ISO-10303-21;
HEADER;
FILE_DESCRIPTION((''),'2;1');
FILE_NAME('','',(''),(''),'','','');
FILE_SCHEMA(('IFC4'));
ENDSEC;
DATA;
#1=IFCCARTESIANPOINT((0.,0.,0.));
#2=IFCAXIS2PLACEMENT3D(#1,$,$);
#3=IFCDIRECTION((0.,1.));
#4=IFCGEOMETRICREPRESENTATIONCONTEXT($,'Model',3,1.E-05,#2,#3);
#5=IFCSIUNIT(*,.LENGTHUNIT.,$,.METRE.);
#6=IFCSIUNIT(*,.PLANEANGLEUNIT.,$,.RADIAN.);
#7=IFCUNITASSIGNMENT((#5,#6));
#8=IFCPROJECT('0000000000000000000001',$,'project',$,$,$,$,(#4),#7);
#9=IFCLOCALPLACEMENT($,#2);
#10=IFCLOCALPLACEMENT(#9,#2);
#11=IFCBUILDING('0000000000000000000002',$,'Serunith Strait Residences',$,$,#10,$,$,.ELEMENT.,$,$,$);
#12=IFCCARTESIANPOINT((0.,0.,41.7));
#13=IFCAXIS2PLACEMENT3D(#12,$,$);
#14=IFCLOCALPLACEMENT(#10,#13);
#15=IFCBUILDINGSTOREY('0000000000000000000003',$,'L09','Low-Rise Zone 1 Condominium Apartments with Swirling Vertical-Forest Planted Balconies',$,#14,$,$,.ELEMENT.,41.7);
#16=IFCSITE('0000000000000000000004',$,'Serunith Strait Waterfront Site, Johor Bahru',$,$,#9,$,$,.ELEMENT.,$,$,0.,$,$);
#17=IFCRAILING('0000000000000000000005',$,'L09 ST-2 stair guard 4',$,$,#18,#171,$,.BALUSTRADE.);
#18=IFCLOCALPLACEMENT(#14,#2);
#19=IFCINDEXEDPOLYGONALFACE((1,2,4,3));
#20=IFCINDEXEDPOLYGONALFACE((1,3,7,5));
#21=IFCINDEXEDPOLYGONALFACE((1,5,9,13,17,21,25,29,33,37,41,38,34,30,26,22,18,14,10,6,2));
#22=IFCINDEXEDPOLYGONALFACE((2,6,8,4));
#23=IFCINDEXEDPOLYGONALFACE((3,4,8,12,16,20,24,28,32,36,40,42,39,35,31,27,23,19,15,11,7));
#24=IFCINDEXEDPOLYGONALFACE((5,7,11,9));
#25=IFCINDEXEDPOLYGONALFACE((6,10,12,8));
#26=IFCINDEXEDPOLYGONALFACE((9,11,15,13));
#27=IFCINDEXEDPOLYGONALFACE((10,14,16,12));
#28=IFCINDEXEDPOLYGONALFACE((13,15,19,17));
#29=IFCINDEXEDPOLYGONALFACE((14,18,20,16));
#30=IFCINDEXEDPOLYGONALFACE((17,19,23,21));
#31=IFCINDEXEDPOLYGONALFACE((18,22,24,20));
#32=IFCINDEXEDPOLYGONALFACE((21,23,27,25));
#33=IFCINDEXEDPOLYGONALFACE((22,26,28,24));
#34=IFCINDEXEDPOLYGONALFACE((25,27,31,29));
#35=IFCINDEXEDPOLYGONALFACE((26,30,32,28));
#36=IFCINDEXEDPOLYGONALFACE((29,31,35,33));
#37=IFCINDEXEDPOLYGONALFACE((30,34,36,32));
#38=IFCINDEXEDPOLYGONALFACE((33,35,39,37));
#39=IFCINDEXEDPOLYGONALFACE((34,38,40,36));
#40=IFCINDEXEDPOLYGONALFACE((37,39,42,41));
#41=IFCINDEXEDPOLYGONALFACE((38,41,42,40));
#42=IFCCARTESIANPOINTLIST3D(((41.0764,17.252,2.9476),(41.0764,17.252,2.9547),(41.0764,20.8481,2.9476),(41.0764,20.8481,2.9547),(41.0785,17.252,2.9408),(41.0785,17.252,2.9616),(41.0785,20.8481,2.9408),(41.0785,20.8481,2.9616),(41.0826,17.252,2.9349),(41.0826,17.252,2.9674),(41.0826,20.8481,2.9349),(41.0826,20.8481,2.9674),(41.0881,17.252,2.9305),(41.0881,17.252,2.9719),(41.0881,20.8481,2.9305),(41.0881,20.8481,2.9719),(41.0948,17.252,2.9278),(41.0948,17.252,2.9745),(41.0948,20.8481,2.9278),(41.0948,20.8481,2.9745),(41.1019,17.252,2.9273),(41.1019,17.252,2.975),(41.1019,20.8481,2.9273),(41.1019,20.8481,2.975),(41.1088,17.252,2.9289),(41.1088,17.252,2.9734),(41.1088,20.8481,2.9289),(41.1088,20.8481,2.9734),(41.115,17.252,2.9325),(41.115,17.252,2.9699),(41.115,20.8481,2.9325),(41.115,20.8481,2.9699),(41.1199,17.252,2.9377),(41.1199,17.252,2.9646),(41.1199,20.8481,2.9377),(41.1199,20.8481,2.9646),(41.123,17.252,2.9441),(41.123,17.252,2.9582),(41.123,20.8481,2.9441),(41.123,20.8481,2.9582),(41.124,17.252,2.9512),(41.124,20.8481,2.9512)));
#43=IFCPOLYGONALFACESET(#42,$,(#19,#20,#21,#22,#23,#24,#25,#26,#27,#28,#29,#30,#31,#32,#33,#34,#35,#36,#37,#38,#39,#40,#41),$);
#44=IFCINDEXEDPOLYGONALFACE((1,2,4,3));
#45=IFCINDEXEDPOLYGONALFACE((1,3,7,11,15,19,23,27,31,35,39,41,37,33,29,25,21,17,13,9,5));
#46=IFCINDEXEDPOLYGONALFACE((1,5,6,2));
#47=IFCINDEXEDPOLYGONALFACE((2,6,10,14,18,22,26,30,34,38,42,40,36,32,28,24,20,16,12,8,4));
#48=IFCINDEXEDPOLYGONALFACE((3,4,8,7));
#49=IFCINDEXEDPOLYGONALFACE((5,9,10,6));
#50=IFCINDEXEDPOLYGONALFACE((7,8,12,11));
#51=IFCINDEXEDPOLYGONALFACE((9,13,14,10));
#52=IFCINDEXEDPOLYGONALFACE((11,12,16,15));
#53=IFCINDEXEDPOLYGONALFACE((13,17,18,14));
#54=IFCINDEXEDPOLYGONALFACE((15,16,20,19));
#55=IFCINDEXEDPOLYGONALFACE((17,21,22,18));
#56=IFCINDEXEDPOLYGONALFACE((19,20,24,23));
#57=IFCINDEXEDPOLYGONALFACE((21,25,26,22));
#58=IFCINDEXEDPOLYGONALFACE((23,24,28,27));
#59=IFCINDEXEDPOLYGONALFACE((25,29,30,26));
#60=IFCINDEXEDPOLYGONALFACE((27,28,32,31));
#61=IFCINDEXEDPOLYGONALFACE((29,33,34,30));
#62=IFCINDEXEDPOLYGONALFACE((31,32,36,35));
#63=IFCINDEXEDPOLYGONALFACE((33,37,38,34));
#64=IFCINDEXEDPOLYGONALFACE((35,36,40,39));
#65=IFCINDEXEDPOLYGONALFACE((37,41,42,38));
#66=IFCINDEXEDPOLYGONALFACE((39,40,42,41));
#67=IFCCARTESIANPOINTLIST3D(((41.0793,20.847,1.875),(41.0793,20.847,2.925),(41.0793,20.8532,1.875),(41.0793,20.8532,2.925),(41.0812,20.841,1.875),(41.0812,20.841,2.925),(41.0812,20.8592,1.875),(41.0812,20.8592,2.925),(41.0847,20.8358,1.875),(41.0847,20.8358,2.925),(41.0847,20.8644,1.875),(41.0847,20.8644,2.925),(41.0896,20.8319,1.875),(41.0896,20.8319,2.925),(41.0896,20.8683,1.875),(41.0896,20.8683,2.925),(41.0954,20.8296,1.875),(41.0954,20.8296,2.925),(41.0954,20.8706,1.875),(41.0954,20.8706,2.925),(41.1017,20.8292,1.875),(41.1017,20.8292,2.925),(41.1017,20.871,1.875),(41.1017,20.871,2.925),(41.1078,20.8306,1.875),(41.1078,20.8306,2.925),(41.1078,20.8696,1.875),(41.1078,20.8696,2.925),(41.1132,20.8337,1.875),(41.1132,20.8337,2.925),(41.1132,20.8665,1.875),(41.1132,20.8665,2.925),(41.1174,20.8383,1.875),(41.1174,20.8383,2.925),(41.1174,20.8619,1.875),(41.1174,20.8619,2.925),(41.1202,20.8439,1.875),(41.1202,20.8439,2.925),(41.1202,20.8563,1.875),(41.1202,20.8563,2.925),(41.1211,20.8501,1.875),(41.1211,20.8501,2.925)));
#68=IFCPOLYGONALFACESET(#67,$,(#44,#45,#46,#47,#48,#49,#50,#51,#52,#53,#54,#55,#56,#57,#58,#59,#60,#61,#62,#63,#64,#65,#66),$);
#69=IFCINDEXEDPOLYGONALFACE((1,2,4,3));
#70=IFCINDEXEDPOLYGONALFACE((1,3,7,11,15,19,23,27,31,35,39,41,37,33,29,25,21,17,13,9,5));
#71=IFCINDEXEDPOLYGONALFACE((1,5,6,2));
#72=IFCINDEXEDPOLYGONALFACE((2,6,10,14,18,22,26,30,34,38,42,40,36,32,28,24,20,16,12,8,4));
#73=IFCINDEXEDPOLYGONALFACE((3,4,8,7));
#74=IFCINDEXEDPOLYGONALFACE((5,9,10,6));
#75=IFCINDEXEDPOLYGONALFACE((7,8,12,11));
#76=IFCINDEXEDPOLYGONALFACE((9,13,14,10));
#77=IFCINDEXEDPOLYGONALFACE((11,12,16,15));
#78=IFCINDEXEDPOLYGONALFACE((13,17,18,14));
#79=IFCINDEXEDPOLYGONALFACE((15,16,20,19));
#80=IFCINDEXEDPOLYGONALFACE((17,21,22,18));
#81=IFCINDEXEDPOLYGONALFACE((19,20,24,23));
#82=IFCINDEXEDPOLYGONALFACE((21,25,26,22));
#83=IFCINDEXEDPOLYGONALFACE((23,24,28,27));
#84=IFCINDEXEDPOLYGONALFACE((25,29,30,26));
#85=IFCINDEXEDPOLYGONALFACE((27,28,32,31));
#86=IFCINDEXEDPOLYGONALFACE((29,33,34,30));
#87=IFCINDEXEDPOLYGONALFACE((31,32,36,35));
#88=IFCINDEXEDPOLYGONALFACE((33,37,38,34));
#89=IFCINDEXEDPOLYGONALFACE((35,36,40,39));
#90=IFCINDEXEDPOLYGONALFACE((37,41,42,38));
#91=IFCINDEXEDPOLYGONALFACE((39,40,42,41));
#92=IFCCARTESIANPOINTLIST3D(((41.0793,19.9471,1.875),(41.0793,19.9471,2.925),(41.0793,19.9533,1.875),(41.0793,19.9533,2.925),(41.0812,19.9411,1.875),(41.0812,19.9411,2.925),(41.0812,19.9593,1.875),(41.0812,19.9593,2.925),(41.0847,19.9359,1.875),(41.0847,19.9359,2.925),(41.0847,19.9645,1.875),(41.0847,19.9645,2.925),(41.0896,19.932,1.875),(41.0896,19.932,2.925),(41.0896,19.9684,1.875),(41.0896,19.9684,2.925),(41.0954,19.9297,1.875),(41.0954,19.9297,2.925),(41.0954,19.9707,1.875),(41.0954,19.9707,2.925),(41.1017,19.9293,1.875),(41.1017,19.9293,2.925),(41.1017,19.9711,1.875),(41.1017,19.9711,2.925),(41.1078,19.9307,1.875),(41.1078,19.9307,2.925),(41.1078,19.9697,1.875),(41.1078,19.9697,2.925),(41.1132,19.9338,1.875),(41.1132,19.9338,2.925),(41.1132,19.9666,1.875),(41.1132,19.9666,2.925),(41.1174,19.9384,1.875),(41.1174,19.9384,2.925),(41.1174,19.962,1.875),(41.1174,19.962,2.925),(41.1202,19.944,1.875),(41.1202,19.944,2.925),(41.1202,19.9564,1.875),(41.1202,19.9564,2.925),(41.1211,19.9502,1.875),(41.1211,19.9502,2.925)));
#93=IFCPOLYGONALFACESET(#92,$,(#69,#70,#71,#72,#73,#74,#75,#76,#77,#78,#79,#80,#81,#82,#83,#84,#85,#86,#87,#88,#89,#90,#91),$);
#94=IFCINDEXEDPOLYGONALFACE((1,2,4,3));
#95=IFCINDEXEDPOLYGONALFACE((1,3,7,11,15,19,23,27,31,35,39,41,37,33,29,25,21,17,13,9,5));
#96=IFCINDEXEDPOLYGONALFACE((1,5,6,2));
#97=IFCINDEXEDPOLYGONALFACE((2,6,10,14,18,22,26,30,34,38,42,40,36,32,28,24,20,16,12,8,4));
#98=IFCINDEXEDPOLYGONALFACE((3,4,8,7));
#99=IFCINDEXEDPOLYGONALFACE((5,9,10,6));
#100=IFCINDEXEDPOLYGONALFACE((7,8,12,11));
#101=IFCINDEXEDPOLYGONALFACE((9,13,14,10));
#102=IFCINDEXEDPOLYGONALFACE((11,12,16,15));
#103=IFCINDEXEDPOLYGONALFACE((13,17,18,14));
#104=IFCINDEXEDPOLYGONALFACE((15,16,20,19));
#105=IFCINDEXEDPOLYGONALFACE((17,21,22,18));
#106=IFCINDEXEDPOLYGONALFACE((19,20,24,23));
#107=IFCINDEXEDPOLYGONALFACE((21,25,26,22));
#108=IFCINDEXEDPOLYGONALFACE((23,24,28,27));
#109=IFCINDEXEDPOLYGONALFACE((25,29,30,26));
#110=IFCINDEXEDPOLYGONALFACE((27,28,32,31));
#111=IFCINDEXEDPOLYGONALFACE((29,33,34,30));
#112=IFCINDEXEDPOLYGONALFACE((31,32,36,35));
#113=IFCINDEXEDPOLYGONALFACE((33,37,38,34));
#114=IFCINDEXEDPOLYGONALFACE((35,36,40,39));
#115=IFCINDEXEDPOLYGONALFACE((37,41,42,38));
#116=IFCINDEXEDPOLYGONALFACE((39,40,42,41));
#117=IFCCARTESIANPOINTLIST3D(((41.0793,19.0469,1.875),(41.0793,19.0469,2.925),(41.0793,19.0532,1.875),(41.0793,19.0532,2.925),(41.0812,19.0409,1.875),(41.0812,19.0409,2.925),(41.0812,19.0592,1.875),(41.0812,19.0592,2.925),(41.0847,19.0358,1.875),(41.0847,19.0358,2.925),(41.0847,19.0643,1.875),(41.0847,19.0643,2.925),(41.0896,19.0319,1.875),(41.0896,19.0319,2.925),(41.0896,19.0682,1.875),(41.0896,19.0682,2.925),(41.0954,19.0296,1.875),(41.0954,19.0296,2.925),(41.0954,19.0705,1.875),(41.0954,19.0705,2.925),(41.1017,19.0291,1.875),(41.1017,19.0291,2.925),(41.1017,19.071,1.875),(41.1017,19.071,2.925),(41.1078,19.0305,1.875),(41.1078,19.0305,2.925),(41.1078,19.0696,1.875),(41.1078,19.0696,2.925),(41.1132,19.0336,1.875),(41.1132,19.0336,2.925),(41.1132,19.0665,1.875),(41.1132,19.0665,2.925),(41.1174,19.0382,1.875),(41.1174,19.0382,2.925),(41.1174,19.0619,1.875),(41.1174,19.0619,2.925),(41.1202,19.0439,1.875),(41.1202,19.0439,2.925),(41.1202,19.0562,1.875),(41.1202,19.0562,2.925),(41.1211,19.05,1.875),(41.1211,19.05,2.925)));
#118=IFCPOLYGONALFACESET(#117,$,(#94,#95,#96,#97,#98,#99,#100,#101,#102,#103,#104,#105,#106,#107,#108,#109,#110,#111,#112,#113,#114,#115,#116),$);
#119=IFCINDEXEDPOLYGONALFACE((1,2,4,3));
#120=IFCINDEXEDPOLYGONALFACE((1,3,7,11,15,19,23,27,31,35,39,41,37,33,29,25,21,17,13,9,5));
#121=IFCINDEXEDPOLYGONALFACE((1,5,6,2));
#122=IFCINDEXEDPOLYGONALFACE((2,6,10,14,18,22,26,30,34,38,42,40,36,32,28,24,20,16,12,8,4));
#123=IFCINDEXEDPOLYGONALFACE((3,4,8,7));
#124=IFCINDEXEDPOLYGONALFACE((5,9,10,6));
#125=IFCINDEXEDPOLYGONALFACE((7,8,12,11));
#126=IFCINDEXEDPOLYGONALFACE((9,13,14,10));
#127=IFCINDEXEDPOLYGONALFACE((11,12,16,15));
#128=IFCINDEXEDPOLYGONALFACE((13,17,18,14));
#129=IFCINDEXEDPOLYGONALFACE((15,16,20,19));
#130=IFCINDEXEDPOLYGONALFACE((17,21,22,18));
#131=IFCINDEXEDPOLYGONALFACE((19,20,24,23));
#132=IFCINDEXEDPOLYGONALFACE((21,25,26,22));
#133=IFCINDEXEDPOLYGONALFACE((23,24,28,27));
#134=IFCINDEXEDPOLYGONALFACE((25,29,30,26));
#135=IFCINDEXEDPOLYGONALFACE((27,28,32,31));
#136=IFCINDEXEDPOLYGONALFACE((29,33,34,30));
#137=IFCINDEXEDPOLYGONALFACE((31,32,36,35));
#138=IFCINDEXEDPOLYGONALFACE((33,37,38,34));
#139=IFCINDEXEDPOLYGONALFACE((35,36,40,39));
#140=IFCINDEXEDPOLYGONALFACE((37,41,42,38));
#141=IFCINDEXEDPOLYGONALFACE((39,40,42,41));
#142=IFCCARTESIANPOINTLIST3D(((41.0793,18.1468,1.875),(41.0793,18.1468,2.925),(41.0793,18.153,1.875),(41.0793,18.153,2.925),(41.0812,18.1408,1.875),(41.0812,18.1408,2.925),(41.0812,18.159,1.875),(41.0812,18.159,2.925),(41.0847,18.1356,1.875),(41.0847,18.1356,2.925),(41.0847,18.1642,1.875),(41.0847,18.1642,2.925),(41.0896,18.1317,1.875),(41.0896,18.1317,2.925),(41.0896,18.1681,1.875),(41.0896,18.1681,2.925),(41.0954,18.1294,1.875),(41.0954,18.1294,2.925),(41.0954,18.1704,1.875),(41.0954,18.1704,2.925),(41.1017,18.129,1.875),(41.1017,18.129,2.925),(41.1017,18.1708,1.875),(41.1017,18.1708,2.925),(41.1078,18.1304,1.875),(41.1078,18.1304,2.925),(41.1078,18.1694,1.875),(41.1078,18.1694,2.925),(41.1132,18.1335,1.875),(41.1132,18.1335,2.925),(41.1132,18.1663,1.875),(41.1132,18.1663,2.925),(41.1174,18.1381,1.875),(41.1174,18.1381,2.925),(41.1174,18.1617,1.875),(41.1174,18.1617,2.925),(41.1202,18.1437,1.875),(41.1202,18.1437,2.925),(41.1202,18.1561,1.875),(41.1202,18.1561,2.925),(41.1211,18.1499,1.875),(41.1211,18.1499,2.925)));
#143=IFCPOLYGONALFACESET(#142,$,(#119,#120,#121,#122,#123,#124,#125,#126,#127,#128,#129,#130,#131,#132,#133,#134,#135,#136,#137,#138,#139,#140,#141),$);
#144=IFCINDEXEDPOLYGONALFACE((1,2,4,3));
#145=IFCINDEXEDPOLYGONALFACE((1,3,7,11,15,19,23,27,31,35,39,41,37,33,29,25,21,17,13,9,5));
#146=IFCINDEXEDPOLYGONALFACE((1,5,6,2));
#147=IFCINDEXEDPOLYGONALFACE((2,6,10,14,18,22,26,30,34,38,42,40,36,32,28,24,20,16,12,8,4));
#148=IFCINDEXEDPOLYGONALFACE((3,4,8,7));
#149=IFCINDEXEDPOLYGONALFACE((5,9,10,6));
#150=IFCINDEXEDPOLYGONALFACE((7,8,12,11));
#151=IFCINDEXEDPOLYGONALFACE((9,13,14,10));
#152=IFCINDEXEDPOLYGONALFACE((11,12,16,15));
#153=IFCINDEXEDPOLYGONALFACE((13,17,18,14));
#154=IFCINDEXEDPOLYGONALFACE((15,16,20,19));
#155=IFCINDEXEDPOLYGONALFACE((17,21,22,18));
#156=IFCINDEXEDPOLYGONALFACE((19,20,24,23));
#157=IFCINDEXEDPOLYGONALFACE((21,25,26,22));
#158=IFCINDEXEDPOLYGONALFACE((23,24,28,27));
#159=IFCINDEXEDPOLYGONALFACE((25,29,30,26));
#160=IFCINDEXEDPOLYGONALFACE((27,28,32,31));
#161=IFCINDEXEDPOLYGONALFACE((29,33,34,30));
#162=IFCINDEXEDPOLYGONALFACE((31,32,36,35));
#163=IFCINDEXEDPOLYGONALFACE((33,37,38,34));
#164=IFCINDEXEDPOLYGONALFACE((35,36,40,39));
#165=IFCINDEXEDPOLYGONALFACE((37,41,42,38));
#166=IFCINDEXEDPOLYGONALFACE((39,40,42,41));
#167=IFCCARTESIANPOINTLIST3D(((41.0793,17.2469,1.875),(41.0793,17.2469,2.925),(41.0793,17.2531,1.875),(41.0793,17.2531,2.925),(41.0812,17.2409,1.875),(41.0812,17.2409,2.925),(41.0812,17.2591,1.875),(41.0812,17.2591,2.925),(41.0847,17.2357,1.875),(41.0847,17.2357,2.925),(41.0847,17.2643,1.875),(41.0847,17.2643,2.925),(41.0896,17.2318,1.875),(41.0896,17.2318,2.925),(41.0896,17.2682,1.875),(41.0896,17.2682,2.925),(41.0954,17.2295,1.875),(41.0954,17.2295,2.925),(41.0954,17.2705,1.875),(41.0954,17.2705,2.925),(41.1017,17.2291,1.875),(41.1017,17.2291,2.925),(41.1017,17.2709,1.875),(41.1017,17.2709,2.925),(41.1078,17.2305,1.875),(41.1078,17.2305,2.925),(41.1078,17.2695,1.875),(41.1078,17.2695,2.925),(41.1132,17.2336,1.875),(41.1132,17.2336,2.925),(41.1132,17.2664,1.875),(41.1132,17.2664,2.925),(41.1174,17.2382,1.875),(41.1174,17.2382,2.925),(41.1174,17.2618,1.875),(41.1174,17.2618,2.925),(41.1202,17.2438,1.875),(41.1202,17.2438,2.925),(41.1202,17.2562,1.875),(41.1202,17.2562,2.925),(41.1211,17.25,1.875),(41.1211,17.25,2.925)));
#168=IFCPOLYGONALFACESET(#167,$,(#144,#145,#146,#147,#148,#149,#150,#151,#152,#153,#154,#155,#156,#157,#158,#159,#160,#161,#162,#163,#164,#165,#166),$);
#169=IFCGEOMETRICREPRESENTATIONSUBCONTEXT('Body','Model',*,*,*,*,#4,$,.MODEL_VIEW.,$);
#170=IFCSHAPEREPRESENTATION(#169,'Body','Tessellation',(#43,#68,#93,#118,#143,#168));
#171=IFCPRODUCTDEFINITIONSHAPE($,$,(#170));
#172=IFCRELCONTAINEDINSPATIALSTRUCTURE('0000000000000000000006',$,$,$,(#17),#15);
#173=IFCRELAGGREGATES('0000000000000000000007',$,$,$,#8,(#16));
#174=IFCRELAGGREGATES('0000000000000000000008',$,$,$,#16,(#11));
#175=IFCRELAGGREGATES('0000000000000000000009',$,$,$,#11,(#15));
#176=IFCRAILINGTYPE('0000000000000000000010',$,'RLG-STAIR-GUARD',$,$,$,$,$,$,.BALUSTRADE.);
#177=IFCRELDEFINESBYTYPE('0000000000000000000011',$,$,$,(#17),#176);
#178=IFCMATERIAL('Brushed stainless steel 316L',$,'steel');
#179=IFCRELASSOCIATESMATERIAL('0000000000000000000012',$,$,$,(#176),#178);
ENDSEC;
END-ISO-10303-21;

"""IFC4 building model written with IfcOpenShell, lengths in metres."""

from ifc_helpers import new_model, si_unit, direction, frame, origin, origin_2d, place, context, subcontext, project, spatial, circle, extrude, material, type_object, element, save


model = new_model("IFC4")

# Units and contexts
model_context = context("Model", 3, precision=1e-05, world=origin(), true_north=direction((0.0, 1.0)))
body_context = subcontext(model_context, "Body", "Model", "MODEL_VIEW")
ifc_project = project(units=[si_unit("LENGTHUNIT", "METRE"), si_unit("PLANEANGLEUNIT", "RADIAN")], contexts=[model_context])

# Site, building, storey
site_placement = place(None, origin())
site = spatial("IfcSite", under=ifc_project, at=site_placement, Name="Serunith Strait Waterfront Site, Johor Bahru", CompositionType="ELEMENT", RefElevation=0.0)
building_placement = place(site_placement, origin())
building = spatial("IfcBuilding", under=site, at=building_placement, Name="Serunith Strait Residences", CompositionType="ELEMENT")
storey_placement = place(building_placement, frame((0.0, 0.0, 41.7)))
storey = spatial("IfcBuildingStorey", under=building, at=storey_placement, Name="L09", Description="Low-Rise Zone 1 Condominium Apartments with Swirling Vertical-Forest Planted Balconies", CompositionType="ELEMENT", Elevation=41.7)

# Railing
ifc_material_1 = material(Name="Brushed stainless steel 316L", Category="steel")
railing_type_1 = type_object("IfcRailingType", Name="RLG-STAIR-GUARD", PredefinedType="BALUSTRADE", material=ifc_material_1)
for number, where, name in (
    (1, (41.1001, 20.8501, 1.875), "L09 ST-2 stair guard 4"),
):
    element("IfcRailing", number, at=place(storey_placement, frame(where)), inside=storey, type_object=railing_type_1, Name=name, PredefinedType="BALUSTRADE", context=body_context, shape_type="SweptSolid", body=[
        extrude(circle(Radius=0.0239, at=origin_2d()), frame((0.0, -0.002, 1.0762), z_axis=(0.0, -1.0, 0.0), x_axis=(1.0, 0.0, 0.0)), (0.0, 0.0, 1.0), 3.5962),
        extrude(circle(Radius=0.021, at=origin_2d()), origin(), (0.0, 0.0, 1.0), 1.05),
        extrude(circle(Radius=0.021, at=origin_2d()), frame((0.0, -0.8999, 0.0)), (0.0, 0.0, 1.0), 1.05),
        extrude(circle(Radius=0.021, at=origin_2d()), frame((0.0, -1.8, 0.0)), (0.0, 0.0, 1.0), 1.05),
        extrude(circle(Radius=0.021, at=origin_2d()), frame((0.0, -2.7002, 0.0)), (0.0, 0.0, 1.0), 1.05),
        extrude(circle(Radius=0.021, at=origin_2d()), frame((0.0, -3.6001, 0.0)), (0.0, 0.0, 1.0), 1.05),
    ])

save(model, "model.ifc")
